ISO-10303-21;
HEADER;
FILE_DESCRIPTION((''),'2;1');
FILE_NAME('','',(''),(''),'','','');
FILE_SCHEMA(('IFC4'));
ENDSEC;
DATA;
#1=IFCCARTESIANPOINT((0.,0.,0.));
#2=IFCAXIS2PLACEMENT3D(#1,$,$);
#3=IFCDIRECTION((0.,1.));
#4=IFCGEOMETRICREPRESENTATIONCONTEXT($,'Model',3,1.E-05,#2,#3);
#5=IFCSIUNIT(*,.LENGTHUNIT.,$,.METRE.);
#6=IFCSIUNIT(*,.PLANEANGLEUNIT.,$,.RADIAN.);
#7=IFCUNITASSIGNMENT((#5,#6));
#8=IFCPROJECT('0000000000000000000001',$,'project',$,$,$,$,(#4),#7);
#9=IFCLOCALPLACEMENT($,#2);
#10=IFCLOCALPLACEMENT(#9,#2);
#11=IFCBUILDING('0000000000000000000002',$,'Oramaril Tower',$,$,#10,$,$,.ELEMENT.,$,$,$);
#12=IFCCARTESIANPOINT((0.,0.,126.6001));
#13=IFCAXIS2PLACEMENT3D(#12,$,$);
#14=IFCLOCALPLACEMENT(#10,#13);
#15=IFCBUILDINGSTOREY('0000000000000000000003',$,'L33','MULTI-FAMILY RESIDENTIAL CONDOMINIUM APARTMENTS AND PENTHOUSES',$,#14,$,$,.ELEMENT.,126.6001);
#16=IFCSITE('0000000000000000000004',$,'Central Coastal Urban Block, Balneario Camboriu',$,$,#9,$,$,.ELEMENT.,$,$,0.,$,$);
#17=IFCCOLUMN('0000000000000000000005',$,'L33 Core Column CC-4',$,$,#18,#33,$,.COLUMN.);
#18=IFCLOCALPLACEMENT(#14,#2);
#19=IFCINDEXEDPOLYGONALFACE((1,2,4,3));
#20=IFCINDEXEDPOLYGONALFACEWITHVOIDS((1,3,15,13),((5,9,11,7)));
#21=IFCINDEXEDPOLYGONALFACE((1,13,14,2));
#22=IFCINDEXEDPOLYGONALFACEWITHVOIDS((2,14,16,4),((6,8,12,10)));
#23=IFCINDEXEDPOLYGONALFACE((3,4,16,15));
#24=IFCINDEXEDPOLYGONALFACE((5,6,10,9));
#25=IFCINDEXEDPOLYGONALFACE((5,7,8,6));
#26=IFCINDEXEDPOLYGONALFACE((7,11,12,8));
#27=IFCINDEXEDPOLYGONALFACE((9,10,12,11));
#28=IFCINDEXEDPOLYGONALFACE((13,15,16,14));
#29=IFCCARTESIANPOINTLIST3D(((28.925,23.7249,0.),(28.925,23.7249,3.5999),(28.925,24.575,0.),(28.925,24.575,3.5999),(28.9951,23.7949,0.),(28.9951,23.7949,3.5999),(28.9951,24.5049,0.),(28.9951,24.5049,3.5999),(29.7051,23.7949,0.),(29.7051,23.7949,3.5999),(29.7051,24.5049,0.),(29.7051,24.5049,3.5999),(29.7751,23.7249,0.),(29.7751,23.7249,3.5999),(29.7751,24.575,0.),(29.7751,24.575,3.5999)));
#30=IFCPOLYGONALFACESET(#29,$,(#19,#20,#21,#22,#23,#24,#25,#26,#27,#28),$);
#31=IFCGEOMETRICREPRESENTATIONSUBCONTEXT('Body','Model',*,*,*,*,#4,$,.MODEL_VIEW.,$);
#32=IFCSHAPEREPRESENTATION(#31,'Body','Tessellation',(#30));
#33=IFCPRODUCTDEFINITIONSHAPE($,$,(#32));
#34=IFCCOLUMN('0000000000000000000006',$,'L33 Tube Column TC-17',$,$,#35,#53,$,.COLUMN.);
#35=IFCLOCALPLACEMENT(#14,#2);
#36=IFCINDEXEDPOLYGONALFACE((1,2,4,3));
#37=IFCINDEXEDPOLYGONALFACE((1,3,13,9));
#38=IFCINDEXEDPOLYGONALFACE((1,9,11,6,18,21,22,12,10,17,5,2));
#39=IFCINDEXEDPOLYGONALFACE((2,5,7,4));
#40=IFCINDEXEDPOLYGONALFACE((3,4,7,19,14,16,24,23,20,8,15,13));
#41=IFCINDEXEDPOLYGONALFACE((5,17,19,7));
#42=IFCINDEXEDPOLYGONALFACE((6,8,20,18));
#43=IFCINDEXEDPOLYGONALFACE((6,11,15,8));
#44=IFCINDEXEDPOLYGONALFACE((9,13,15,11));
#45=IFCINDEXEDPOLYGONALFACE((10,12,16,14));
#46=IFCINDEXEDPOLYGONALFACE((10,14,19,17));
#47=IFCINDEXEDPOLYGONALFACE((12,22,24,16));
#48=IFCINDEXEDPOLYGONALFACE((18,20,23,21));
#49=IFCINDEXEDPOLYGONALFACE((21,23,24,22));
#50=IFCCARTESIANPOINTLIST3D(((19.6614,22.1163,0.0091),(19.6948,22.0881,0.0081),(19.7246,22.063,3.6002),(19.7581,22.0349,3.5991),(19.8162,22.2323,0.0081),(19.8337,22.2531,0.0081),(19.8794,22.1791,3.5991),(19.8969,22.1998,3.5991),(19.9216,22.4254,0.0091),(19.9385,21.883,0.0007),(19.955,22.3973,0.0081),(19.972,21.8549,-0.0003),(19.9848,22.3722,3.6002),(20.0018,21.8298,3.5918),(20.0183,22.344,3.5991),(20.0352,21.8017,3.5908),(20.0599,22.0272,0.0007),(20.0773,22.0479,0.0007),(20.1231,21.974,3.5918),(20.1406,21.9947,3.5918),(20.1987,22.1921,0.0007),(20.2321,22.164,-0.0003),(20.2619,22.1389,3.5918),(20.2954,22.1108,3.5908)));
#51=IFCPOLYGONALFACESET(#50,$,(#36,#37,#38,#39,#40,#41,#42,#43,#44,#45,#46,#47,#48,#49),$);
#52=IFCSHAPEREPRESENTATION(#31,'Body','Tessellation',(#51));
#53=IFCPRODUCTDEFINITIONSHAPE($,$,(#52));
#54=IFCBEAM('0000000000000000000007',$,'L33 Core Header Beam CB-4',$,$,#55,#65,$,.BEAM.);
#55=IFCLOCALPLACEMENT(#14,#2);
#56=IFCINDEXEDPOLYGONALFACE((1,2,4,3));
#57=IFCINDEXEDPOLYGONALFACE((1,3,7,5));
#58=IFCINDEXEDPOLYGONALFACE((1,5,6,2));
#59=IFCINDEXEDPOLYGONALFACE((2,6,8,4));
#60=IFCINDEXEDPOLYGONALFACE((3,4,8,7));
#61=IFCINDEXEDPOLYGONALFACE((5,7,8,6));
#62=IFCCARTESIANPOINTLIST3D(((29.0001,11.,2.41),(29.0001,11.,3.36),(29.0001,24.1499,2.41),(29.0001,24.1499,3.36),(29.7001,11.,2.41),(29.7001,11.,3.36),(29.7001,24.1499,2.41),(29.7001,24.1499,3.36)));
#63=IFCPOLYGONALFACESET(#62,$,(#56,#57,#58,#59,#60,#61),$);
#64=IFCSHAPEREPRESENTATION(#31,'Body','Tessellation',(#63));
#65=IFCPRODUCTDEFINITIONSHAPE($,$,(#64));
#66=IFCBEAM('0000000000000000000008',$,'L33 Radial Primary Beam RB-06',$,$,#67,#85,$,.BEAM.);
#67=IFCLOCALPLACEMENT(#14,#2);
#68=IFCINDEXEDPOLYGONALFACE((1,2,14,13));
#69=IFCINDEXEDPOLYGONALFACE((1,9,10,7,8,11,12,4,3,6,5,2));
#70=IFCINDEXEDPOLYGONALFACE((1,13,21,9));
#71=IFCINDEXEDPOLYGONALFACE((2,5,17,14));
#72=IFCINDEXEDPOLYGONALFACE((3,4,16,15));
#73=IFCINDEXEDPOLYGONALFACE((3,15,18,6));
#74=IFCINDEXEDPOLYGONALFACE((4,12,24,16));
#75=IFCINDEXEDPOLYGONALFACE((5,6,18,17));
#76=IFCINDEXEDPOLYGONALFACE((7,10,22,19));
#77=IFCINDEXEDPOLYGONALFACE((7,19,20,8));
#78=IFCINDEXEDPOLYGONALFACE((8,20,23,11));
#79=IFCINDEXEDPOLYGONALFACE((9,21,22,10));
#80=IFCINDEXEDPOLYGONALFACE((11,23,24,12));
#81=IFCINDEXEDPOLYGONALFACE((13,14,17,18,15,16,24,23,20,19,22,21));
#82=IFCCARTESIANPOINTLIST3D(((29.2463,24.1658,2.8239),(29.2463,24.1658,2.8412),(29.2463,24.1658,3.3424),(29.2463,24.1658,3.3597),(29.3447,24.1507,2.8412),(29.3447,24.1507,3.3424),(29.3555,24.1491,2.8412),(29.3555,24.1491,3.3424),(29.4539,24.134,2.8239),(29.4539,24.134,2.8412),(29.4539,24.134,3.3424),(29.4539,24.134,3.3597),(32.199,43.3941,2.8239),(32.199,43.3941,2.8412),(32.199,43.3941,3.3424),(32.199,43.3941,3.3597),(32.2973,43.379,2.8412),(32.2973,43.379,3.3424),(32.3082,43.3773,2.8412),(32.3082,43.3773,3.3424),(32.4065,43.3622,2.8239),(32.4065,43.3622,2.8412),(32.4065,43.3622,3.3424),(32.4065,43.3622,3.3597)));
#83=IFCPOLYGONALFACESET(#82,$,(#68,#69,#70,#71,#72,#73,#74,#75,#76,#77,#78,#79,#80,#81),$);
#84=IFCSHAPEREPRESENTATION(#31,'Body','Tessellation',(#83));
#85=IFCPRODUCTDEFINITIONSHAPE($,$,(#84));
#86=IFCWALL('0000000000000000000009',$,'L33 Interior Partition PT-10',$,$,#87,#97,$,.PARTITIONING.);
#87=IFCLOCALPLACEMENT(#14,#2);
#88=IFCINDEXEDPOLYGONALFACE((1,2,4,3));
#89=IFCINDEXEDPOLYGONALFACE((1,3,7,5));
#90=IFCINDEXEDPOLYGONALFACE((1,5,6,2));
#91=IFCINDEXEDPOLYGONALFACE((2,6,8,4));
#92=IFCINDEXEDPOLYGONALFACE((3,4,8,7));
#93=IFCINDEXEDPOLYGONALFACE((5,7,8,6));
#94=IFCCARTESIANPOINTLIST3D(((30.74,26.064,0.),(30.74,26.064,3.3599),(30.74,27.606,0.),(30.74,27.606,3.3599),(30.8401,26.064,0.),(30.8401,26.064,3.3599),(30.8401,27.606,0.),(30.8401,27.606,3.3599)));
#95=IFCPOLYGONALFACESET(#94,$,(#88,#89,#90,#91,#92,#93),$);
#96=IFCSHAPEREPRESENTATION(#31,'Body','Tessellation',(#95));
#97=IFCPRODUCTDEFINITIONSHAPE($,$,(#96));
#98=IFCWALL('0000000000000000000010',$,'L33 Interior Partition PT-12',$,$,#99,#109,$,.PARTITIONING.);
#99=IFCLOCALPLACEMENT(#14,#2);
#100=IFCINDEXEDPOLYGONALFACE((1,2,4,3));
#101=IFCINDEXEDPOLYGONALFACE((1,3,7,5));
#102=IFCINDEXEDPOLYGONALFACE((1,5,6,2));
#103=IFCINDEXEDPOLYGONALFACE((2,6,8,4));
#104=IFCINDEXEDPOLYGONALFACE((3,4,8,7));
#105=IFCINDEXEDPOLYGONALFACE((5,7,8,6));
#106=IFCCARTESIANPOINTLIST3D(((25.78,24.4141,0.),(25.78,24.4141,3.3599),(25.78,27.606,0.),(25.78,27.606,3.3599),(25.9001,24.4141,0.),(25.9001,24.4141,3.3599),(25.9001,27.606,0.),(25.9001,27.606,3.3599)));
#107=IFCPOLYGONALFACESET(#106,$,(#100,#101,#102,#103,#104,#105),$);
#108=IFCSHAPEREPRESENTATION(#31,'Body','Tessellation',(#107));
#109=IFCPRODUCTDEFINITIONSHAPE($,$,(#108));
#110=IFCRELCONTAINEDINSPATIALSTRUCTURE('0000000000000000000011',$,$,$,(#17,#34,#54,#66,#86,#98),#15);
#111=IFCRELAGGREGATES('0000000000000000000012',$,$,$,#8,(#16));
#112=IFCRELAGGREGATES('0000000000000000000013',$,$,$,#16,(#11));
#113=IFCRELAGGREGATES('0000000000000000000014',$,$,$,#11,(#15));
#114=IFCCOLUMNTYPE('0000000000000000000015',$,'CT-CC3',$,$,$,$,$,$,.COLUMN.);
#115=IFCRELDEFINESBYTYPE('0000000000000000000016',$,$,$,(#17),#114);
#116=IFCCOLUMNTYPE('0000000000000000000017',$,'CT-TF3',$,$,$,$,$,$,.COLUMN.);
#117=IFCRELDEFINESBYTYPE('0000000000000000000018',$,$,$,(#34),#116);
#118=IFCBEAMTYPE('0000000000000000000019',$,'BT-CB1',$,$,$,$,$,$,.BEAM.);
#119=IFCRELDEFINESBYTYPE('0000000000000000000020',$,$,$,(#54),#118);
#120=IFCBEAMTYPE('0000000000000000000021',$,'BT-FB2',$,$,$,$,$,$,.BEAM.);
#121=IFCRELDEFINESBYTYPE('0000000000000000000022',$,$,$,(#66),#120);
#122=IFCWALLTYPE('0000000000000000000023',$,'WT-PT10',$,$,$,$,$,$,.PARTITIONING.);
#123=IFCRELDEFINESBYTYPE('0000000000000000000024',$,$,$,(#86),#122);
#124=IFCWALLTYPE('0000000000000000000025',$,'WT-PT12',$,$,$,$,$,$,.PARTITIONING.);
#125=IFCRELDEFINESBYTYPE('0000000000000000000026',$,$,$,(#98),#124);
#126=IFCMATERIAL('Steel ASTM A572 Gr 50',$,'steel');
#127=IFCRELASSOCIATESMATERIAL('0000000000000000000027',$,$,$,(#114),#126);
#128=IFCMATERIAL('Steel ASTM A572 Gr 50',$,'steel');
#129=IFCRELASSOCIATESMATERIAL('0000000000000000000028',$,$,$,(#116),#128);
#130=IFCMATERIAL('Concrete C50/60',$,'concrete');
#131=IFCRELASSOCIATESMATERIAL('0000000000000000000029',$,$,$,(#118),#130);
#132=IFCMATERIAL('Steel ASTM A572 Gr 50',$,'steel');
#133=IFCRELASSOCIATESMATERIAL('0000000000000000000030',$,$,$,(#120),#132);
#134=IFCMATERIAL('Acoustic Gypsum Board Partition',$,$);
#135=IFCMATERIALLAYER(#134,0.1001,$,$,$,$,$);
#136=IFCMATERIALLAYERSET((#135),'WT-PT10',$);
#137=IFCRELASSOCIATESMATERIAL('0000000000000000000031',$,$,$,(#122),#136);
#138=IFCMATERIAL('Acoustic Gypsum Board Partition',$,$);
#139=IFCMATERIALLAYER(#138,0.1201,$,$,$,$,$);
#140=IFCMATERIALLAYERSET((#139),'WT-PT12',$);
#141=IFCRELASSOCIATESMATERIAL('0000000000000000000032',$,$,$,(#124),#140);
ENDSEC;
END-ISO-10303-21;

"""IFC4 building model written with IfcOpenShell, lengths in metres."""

from ifc_helpers import new_model, si_unit, direction, frame, frame_2d, origin, origin_2d, place, context, subcontext, project, spatial, rectangle, hollow_rectangle, i_section, extrude, material, layer, layer_set, material_profile, profile_set, type_object, element, save


model = new_model("IFC4")

# Units and contexts
model_context = context("Model", 3, precision=1e-05, world=origin(), true_north=direction((0.0, 1.0)))
body_context = subcontext(model_context, "Body", "Model", "MODEL_VIEW")
ifc_project = project(units=[si_unit("LENGTHUNIT", "METRE"), si_unit("PLANEANGLEUNIT", "RADIAN")], contexts=[model_context])

# Site, building, storey
site_placement = place(None, origin())
site = spatial("IfcSite", under=ifc_project, at=site_placement, Name="Central Coastal Urban Block, Balneario Camboriu", CompositionType="ELEMENT", RefElevation=0.0)
building_placement = place(site_placement, origin())
building = spatial("IfcBuilding", under=site, at=building_placement, Name="Oramaril Tower", CompositionType="ELEMENT")
storey_placement = place(building_placement, frame((0.0, 0.0, 126.6001)))
storey = spatial("IfcBuildingStorey", under=building, at=storey_placement, Name="L33", Description="MULTI-FAMILY RESIDENTIAL CONDOMINIUM APARTMENTS AND PENTHOUSES", CompositionType="ELEMENT", Elevation=126.6001)

# Columns
ifc_material_1 = material(Name="Steel ASTM A572 Gr 50", Category="steel")
ifc_material_profile_1 = material_profile(ifc_material_1, hollow_rectangle(XDim=0.8501, YDim=0.8501, WallThickness=0.0701, at=origin_2d()), Name="BOX850X850X70")
ifc_profile_set_1 = profile_set([ifc_material_profile_1], Name="Steel ASTM A572 Gr 50")
column_type_1 = type_object("IfcColumnType", Name="CT-CC3", PredefinedType="COLUMN", material=ifc_profile_set_1)
column_1_placement = place(storey_placement, frame((29.3501, 24.1499, 0.0), z_axis=(0.0, 0.0, 1.0), x_axis=(1.0, 0.0, 0.0)))
element("IfcColumn", 1, at=column_1_placement, inside=storey, type_object=column_type_1, Name="L33 Core Column CC-4", PredefinedType="COLUMN", context=body_context, shape_type="SweptSolid", body=[
    extrude(hollow_rectangle(XDim=0.8501, YDim=0.8501, WallThickness=0.0701, at=origin_2d()), origin(), (0.0, 0.0, 1.0), 3.5999),
])
ifc_material_2 = material(Name="Steel ASTM A572 Gr 50", Category="steel")
ifc_material_profile_2 = material_profile(ifc_material_2, i_section(OverallWidth=0.4041, OverallDepth=0.406, WebThickness=0.0271, FlangeThickness=0.0437, at=origin_2d()), Name="W14X233")
ifc_profile_set_2 = profile_set([ifc_material_profile_2], Name="Steel ASTM A572 Gr 50")
column_type_2 = type_object("IfcColumnType", Name="CT-TF3", PredefinedType="COLUMN", material=ifc_profile_set_2)
column_2_placement = place(storey_placement, frame((19.9468, 22.1401, 0.0044), z_axis=(0.017604, -0.014817, 0.999735), x_axis=(0.643954, 0.765064, 0.0)))
element("IfcColumn", 2, at=column_2_placement, inside=storey, type_object=column_type_2, Name="L33 Tube Column TC-17", PredefinedType="COLUMN", context=body_context, shape_type="SweptSolid", body=[
    extrude(i_section(OverallWidth=0.4041, OverallDepth=0.406, WebThickness=0.0271, FlangeThickness=0.0437, at=origin_2d()), origin(), (0.0, 0.0, 1.0), 3.592),
])

# Beams
ifc_material_3 = material(Name="Concrete C50/60", Category="concrete")
ifc_material_profile_3 = material_profile(ifc_material_3, rectangle(XDim=0.7, YDim=0.95, at=origin_2d()), Name="CB700X950")
ifc_profile_set_3 = profile_set([ifc_material_profile_3], Name="Concrete C50/60")
beam_type_1 = type_object("IfcBeamType", Name="BT-CB1", PredefinedType="BEAM", material=ifc_profile_set_3)
beam_1_placement = place(storey_placement, frame((29.3501, 24.1499, 2.885), z_axis=(0.0, -1.0, 0.0), x_axis=(1.0, 0.0, 0.0)))
element("IfcBeam", 3, at=beam_1_placement, inside=storey, type_object=beam_type_1, Name="L33 Core Header Beam CB-4", PredefinedType="BEAM", context=body_context, shape_type="SweptSolid", body=[
    extrude(rectangle(XDim=0.7, YDim=0.95, at=origin_2d()), origin(), (0.0, 0.0, 1.0), 13.1499),
])
ifc_material_4 = material(Name="Steel ASTM A572 Gr 50", Category="steel")
ifc_material_profile_4 = material_profile(ifc_material_4, i_section(OverallWidth=0.21, OverallDepth=0.5359, WebThickness=0.011, FlangeThickness=0.0173, at=origin_2d()), Name="W21X68")
ifc_profile_set_4 = profile_set([ifc_material_profile_4], Name="Steel ASTM A572 Gr 50")
beam_type_2 = type_object("IfcBeamType", Name="BT-FB2", PredefinedType="BEAM", material=ifc_profile_set_4)
beam_2_placement = place(storey_placement, frame((29.3501, 24.1499, 3.0918), z_axis=(0.151778, 0.988415, 0.0), x_axis=(-0.988415, 0.151778, 0.0)))
element("IfcBeam", 4, at=beam_2_placement, inside=storey, type_object=beam_type_2, Name="L33 Radial Primary Beam RB-06", PredefinedType="BEAM", context=body_context, shape_type="SweptSolid", body=[
    extrude(i_section(OverallWidth=0.21, OverallDepth=0.5359, WebThickness=0.011, FlangeThickness=0.0173, at=origin_2d()), origin(), (0.0, 0.0, 1.0), 19.4536),
])

# Walls
ifc_material_5 = material(Name="Acoustic Gypsum Board Partition")
ifc_layer_1 = layer(ifc_material_5, 0.1001)
ifc_layer_set_1 = layer_set([ifc_layer_1], Name="WT-PT10")
wall_type_1 = type_object("IfcWallType", Name="WT-PT10", PredefinedType="PARTITIONING", material=ifc_layer_set_1)
wall_1_placement = place(storey_placement, frame((30.79, 26.064, 0.0), z_axis=(0.0, 0.0, 1.0), x_axis=(0.0, 1.0, 0.0)))
element("IfcWall", 5, at=wall_1_placement, inside=storey, type_object=wall_type_1, Name="L33 Interior Partition PT-10", PredefinedType="PARTITIONING", context=body_context, shape_type="SweptSolid", body=[
    extrude(rectangle(XDim=1.542, YDim=0.1001, at=frame_2d((0.771, 0.0))), origin(), (0.0, 0.0, 1.0), 3.3599),
])
ifc_material_6 = material(Name="Acoustic Gypsum Board Partition")
ifc_layer_2 = layer(ifc_material_6, 0.1201)
ifc_layer_set_2 = layer_set([ifc_layer_2], Name="WT-PT12")
wall_type_2 = type_object("IfcWallType", Name="WT-PT12", PredefinedType="PARTITIONING", material=ifc_layer_set_2)
wall_2_placement = place(storey_placement, frame((25.8401, 24.4141, 0.0), z_axis=(0.0, 0.0, 1.0), x_axis=(0.0, 1.0, 0.0)))
element("IfcWall", 6, at=wall_2_placement, inside=storey, type_object=wall_type_2, Name="L33 Interior Partition PT-12", PredefinedType="PARTITIONING", context=body_context, shape_type="SweptSolid", body=[
    extrude(rectangle(XDim=3.1919, YDim=0.1201, at=frame_2d((1.5959, 0.0))), origin(), (0.0, 0.0, 1.0), 3.3599),
])

save(model, "model.ifc")
